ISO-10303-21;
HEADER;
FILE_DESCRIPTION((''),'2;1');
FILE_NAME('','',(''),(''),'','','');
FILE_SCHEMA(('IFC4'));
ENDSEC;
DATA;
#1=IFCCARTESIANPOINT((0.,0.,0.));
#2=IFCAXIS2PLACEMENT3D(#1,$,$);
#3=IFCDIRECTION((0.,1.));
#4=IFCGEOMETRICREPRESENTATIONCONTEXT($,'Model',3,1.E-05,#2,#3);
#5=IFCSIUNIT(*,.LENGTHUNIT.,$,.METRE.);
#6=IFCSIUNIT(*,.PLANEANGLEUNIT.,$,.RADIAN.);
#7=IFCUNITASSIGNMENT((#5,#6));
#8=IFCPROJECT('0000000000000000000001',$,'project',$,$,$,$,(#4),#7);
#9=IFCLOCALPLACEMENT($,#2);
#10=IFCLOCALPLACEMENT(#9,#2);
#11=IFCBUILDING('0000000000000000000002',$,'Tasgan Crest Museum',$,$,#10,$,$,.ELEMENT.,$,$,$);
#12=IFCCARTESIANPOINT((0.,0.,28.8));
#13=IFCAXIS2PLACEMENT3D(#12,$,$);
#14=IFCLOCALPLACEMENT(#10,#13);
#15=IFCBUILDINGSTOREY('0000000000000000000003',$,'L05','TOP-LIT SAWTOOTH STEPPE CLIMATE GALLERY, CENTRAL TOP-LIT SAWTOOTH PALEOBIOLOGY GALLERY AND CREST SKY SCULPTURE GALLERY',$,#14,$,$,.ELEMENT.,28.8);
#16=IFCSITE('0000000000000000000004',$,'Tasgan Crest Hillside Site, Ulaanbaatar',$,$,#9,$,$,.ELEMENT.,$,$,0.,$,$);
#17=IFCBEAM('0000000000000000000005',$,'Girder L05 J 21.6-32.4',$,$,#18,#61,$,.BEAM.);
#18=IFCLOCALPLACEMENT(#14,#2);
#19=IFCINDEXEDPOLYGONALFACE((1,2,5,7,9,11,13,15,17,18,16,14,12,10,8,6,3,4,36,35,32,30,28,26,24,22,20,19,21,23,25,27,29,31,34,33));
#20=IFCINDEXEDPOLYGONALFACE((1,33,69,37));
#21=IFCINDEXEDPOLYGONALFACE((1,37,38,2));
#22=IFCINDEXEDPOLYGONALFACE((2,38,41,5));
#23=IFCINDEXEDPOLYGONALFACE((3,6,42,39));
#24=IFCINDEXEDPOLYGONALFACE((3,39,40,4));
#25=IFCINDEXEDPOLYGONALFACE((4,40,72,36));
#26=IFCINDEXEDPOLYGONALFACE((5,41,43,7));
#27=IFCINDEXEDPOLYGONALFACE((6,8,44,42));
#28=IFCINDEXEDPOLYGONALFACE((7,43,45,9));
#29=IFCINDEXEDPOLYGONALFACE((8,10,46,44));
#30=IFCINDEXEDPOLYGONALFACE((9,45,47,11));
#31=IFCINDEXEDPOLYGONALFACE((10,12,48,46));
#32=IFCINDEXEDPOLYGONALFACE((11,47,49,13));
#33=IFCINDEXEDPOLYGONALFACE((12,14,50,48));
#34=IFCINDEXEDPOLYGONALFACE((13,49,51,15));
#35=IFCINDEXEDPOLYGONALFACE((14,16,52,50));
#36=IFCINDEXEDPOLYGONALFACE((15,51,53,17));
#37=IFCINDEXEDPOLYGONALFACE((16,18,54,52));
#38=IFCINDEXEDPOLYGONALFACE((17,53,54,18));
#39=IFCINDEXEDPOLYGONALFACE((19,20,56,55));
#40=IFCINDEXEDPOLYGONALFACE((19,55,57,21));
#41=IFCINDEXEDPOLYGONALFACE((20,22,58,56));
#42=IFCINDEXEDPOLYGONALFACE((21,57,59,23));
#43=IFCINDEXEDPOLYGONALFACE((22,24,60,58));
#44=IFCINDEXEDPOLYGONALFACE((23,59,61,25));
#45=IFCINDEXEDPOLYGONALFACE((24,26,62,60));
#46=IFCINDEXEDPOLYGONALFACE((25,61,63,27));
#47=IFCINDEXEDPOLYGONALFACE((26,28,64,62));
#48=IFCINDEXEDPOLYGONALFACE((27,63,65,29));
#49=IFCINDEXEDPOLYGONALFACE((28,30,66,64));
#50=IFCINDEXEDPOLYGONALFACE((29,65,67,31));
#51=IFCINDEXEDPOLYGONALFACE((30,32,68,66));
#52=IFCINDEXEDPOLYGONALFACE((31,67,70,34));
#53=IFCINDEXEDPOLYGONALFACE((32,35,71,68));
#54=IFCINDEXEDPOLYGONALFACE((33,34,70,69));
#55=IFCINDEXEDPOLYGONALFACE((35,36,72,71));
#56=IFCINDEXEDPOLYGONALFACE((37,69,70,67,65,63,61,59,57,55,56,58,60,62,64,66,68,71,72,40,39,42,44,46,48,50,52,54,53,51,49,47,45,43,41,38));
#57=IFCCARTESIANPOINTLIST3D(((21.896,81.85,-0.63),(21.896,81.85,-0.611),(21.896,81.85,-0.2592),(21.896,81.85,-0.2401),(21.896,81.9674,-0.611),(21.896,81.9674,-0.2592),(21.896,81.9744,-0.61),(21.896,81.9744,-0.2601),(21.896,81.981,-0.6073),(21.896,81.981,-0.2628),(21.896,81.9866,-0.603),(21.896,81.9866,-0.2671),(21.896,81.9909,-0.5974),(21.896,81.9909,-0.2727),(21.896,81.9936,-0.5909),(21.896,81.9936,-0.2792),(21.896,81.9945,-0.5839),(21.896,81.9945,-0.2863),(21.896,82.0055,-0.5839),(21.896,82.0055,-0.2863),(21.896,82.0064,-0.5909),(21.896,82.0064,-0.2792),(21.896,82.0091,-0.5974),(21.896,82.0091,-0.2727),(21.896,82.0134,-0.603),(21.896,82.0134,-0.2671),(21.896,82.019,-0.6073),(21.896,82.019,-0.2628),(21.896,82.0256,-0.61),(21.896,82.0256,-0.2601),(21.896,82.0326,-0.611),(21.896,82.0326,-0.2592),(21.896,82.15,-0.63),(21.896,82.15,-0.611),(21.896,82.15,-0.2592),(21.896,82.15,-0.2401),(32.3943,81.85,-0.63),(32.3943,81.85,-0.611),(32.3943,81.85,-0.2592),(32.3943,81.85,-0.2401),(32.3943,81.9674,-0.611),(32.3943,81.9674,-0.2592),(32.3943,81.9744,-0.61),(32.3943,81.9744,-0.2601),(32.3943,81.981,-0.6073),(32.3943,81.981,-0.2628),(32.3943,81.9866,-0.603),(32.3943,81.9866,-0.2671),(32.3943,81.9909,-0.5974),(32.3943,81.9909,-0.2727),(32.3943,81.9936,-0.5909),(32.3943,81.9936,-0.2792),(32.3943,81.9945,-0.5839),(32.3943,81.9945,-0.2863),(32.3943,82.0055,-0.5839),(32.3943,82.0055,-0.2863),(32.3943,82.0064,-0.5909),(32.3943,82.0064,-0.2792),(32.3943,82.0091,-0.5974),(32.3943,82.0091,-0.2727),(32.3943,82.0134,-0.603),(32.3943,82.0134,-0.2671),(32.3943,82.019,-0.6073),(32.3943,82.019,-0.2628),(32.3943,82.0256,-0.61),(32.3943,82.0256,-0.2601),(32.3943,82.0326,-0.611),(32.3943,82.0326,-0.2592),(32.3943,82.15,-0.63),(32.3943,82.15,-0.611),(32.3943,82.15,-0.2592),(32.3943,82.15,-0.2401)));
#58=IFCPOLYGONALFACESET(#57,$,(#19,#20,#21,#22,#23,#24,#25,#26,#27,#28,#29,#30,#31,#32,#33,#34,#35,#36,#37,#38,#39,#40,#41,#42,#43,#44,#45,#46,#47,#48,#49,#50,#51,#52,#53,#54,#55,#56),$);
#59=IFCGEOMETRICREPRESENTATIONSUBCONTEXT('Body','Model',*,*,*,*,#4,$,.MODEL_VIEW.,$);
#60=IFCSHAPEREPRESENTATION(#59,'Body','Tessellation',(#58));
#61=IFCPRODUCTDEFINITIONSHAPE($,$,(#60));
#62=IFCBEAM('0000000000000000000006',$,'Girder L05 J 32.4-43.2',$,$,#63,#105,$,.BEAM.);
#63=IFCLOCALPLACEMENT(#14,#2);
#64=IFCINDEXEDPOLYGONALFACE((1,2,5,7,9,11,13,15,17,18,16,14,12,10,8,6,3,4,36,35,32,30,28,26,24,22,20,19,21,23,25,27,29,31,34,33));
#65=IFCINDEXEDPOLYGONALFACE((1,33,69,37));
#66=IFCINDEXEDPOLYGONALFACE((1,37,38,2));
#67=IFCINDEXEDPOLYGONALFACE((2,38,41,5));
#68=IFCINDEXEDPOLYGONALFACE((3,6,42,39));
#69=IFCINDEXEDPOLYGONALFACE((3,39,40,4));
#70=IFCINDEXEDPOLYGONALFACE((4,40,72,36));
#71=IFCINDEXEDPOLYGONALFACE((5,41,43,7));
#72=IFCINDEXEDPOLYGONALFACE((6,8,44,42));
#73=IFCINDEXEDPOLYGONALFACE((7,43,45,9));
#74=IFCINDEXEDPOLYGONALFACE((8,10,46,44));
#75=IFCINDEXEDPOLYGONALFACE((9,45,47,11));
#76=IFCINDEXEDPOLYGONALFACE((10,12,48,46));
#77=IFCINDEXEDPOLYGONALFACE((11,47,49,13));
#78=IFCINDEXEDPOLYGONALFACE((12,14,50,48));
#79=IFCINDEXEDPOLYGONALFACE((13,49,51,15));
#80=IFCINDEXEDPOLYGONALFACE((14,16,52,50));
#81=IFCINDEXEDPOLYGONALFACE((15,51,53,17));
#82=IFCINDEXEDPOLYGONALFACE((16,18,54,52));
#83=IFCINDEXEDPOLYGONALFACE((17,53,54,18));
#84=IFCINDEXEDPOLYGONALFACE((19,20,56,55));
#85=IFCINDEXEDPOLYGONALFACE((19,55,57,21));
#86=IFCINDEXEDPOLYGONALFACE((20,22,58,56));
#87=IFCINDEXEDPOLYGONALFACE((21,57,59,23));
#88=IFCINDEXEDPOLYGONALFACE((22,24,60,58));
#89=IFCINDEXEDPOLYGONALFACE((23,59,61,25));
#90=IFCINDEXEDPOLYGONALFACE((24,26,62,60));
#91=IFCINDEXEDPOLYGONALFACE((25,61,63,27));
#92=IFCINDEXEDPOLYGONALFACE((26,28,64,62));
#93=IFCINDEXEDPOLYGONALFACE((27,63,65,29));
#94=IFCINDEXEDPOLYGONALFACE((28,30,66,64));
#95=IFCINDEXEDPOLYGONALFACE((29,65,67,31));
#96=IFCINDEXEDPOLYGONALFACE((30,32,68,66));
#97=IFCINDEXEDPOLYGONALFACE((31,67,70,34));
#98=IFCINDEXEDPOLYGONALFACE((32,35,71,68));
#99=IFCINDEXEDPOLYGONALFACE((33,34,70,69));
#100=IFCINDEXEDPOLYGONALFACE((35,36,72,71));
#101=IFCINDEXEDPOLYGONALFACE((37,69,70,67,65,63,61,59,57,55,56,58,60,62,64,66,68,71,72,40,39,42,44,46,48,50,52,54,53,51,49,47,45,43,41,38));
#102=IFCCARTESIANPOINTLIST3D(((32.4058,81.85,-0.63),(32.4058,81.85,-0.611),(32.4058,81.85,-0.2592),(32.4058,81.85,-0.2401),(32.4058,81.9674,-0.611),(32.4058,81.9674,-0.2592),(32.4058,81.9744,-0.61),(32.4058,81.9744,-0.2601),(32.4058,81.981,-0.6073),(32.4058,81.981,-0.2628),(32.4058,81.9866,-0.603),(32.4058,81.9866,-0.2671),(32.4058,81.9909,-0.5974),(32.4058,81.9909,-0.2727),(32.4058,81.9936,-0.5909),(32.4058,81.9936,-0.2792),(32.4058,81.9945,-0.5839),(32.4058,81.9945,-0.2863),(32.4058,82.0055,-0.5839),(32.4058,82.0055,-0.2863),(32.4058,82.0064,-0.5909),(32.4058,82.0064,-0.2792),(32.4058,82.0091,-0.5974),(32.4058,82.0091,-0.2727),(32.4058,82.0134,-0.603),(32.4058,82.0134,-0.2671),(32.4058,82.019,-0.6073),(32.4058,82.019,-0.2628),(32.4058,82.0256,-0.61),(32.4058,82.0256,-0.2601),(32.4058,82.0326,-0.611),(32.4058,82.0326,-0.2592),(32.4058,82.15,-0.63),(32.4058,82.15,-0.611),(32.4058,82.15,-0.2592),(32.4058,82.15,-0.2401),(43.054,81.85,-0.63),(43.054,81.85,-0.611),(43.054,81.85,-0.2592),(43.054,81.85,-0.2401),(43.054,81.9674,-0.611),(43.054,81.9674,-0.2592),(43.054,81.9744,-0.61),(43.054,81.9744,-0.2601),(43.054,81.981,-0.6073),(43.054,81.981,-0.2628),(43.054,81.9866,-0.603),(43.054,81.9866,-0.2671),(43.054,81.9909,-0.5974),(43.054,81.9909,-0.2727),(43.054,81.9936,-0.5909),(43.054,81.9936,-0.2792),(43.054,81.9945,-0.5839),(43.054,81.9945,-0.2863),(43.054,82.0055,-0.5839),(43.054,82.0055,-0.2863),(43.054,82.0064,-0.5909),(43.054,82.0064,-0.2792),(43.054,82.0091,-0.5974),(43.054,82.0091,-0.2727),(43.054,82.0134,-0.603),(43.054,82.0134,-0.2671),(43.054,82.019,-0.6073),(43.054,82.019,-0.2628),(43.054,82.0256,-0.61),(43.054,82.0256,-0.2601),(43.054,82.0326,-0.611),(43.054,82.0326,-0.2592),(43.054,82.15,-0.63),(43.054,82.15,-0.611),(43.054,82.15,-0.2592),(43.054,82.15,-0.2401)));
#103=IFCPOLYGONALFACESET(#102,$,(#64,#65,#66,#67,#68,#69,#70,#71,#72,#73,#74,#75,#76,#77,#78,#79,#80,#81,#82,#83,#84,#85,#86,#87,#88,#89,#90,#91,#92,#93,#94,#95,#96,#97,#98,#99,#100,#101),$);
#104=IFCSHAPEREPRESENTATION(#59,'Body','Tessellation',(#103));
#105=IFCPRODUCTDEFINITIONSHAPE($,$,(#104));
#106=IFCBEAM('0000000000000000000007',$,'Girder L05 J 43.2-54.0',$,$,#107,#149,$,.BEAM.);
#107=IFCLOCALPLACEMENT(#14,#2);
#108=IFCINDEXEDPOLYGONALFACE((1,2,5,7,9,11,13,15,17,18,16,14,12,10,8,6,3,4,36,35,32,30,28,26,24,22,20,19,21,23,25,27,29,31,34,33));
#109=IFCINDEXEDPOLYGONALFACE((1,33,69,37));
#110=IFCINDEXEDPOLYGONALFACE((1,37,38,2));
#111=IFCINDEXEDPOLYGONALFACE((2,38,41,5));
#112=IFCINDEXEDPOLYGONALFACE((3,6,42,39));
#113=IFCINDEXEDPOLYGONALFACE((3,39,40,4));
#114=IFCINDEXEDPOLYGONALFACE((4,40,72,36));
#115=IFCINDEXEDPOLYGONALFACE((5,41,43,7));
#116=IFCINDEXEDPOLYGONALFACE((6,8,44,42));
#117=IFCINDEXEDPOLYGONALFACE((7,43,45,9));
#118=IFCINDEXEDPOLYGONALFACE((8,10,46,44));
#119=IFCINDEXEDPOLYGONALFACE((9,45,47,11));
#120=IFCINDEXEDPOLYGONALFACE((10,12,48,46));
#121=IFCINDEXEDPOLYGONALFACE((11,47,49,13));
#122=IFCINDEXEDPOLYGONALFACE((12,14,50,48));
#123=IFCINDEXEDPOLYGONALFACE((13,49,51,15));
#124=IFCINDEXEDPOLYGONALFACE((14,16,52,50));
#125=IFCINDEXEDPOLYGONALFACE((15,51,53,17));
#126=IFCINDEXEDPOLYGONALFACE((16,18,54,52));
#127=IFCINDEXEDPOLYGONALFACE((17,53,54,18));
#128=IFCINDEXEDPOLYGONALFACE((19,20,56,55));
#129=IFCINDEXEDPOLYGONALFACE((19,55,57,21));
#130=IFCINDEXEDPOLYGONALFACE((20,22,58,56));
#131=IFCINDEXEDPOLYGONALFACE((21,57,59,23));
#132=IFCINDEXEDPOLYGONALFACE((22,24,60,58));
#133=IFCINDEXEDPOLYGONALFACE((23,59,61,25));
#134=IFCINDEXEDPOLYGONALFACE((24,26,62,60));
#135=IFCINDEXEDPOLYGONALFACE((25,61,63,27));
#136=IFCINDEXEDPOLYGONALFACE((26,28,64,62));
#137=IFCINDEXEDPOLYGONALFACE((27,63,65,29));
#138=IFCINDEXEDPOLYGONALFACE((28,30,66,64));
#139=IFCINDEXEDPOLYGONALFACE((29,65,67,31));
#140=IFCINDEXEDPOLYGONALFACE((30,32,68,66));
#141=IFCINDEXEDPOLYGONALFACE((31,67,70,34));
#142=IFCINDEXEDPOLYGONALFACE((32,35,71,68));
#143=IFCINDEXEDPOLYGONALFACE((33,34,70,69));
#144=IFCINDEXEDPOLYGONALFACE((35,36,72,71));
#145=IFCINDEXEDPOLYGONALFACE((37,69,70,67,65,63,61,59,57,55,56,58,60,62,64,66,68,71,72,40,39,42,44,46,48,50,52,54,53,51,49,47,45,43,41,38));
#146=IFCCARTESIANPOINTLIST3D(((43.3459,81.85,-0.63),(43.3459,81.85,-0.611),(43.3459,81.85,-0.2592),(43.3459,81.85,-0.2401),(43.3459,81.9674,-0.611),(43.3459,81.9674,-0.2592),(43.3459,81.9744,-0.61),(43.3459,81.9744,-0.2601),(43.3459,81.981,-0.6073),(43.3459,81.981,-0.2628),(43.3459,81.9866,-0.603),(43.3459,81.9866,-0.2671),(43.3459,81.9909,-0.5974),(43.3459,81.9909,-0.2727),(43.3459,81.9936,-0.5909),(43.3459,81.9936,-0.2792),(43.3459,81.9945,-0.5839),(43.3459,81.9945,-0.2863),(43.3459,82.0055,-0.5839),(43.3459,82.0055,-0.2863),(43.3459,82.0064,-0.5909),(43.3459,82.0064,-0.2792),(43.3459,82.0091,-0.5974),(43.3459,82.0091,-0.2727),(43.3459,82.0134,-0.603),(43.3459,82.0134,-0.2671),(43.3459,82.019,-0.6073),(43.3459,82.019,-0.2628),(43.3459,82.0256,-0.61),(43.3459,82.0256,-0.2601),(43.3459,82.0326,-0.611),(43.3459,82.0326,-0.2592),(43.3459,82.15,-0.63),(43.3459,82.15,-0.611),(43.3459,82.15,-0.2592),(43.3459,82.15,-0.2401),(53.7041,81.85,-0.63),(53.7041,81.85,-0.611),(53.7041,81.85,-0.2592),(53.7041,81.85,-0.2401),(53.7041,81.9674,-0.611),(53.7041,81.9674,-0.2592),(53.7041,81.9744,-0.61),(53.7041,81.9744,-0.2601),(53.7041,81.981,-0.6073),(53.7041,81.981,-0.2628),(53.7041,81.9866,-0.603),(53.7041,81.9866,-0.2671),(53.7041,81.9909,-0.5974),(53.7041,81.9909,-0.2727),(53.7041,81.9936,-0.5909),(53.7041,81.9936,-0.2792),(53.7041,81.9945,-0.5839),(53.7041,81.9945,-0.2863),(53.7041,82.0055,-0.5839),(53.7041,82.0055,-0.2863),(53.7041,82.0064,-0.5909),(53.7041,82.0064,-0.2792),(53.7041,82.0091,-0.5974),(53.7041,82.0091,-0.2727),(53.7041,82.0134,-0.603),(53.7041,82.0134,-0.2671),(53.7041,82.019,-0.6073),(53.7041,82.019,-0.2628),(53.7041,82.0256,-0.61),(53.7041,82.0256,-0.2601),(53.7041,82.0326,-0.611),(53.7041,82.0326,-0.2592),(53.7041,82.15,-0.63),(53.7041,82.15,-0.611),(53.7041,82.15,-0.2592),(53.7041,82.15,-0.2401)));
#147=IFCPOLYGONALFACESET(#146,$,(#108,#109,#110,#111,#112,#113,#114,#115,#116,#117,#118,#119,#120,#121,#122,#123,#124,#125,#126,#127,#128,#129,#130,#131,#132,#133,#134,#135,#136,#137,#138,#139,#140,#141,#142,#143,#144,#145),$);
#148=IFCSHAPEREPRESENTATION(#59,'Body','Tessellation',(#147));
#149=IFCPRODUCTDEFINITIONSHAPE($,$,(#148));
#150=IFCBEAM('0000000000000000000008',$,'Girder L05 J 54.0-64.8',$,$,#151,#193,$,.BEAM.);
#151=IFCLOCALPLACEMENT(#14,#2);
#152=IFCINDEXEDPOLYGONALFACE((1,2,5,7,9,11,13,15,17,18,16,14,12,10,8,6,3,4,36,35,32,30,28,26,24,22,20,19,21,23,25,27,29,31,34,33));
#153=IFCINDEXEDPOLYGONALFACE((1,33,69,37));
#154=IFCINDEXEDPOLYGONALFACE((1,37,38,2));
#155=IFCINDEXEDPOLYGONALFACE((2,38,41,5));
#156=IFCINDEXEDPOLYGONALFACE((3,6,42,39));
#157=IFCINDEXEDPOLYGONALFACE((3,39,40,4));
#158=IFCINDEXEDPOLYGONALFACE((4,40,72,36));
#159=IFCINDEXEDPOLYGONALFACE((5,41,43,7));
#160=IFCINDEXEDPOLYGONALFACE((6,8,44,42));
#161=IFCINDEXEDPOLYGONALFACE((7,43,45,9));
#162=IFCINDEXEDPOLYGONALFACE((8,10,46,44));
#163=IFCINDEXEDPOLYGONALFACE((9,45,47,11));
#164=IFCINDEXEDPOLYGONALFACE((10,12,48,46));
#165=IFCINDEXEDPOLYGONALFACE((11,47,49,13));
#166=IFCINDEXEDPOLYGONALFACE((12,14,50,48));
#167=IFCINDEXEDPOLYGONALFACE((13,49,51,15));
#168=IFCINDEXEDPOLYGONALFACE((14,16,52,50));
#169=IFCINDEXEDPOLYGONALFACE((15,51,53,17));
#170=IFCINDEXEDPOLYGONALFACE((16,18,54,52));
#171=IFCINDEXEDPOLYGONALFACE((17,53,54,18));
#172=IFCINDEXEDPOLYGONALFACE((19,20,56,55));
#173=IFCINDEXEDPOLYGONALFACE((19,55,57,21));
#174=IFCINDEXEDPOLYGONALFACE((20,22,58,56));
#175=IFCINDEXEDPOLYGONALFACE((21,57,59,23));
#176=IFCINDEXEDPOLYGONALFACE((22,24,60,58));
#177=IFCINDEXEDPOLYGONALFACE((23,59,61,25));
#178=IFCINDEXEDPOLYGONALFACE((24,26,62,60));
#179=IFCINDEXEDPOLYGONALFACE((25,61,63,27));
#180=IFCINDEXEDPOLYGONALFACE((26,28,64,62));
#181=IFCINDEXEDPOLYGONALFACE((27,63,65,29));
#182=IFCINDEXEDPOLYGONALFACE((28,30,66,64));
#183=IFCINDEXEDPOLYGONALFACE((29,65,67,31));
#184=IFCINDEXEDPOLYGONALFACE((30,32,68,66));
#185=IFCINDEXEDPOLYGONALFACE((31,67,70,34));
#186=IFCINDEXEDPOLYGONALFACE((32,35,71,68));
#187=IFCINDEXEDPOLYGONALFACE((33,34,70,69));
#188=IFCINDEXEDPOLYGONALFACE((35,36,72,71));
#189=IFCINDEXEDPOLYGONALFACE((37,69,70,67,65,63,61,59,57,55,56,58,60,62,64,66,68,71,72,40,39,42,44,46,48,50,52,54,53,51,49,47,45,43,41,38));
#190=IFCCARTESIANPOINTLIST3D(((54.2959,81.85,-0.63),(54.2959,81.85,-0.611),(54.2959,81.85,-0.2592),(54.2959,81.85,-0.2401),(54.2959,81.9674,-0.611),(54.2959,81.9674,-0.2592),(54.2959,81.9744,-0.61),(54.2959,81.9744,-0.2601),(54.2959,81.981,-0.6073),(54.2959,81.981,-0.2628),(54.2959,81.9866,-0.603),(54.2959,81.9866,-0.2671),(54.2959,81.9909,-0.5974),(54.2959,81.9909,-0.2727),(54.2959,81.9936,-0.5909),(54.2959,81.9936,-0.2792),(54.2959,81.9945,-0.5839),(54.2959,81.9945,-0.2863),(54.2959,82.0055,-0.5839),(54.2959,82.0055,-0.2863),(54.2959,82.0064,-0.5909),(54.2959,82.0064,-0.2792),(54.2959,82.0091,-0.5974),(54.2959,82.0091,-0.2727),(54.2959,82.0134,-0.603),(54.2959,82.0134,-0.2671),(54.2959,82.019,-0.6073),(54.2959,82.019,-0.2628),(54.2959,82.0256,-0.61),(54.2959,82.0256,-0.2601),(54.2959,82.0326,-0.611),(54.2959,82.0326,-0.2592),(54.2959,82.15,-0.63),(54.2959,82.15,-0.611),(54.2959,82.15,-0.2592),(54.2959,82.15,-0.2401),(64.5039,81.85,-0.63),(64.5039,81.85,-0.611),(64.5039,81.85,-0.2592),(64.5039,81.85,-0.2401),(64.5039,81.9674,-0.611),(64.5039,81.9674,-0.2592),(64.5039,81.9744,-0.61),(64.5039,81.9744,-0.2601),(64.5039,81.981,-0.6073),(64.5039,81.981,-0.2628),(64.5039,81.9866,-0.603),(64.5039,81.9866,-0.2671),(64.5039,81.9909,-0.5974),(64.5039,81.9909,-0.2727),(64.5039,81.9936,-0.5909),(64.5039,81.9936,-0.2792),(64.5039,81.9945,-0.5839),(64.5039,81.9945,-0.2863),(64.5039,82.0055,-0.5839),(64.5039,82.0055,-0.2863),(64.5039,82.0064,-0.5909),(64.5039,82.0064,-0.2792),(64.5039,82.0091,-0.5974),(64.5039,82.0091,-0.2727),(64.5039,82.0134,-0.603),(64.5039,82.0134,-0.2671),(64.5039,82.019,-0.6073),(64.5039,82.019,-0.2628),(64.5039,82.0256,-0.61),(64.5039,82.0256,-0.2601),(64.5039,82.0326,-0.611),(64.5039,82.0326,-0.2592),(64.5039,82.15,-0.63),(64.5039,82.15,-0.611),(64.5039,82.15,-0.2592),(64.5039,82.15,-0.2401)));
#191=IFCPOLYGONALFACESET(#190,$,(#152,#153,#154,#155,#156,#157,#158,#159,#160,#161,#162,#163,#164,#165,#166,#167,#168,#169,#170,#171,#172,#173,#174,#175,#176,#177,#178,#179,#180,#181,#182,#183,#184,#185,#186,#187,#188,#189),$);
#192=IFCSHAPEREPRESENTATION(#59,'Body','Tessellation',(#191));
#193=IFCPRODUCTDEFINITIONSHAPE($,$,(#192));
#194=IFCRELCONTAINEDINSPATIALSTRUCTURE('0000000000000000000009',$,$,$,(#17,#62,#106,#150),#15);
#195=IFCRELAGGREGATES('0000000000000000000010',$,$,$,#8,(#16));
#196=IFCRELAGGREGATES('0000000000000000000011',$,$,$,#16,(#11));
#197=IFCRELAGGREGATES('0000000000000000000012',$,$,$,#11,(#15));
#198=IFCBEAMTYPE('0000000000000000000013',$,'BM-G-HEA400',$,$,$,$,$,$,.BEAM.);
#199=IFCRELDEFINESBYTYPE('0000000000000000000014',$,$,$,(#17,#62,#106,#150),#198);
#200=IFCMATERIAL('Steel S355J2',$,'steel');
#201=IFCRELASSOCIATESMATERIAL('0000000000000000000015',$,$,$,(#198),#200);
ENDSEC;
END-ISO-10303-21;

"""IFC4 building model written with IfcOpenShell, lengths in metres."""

from ifc_helpers import new_model, si_unit, direction, frame, origin, origin_2d, place, context, subcontext, project, spatial, i_section, extrude, material, material_profile, profile_set, type_object, element, save


model = new_model("IFC4")

# Units and contexts
model_context = context("Model", 3, precision=1e-05, world=origin(), true_north=direction((0.0, 1.0)))
body_context = subcontext(model_context, "Body", "Model", "MODEL_VIEW")
ifc_project = project(units=[si_unit("LENGTHUNIT", "METRE"), si_unit("PLANEANGLEUNIT", "RADIAN")], contexts=[model_context])

# Site, building, storey
site_placement = place(None, origin())
site = spatial("IfcSite", under=ifc_project, at=site_placement, Name="Tasgan Crest Hillside Site, Ulaanbaatar", CompositionType="ELEMENT", RefElevation=0.0)
building_placement = place(site_placement, origin())
building = spatial("IfcBuilding", under=site, at=building_placement, Name="Tasgan Crest Museum", CompositionType="ELEMENT")
storey_placement = place(building_placement, frame((0.0, 0.0, 28.8)))
storey = spatial("IfcBuildingStorey", under=building, at=storey_placement, Name="L05", Description="TOP-LIT SAWTOOTH STEPPE CLIMATE GALLERY, CENTRAL TOP-LIT SAWTOOTH PALEOBIOLOGY GALLERY AND CREST SKY SCULPTURE GALLERY", CompositionType="ELEMENT", Elevation=28.8)

# Beams
ifc_material_1 = material(Name="Steel S355J2", Category="steel")
ifc_material_profile_1 = material_profile(ifc_material_1, i_section(OverallWidth=0.3, OverallDepth=0.3899, WebThickness=0.011, FlangeThickness=0.019, FilletRadius=0.0271, at=origin_2d()), Name="HEA 400")
ifc_profile_set_1 = profile_set([ifc_material_profile_1], Name="Steel S355J2")
beam_type_1 = type_object("IfcBeamType", Name="BM-G-HEA400", PredefinedType="BEAM", material=ifc_profile_set_1)
beam_1_placement = place(storey_placement, frame((21.896, 82.0, -0.4351), z_axis=(1.0, 0.0, 0.0), x_axis=(0.0, 1.0, 0.0)))
element("IfcBeam", 1, at=beam_1_placement, inside=storey, type_object=beam_type_1, Name="Girder L05 J 21.6-32.4", PredefinedType="BEAM", context=body_context, shape_type="SweptSolid", body=[
    extrude(i_section(OverallWidth=0.3, OverallDepth=0.3899, WebThickness=0.011, FlangeThickness=0.019, FilletRadius=0.0271, at=origin_2d()), origin(), (0.0, 0.0, 1.0), 10.4983),
])
beam_2_placement = place(storey_placement, frame((32.4058, 82.0, -0.4351), z_axis=(1.0, 0.0, 0.0), x_axis=(0.0, 1.0, 0.0)))
element("IfcBeam", 2, at=beam_2_placement, inside=storey, type_object=beam_type_1, Name="Girder L05 J 32.4-43.2", PredefinedType="BEAM", context=body_context, shape_type="SweptSolid", body=[
    extrude(i_section(OverallWidth=0.3, OverallDepth=0.3899, WebThickness=0.011, FlangeThickness=0.019, FilletRadius=0.0271, at=origin_2d()), origin(), (0.0, 0.0, 1.0), 10.6482),
])
beam_3_placement = place(storey_placement, frame((43.3459, 82.0, -0.4351), z_axis=(1.0, 0.0, 0.0), x_axis=(0.0, 1.0, 0.0)))
element("IfcBeam", 3, at=beam_3_placement, inside=storey, type_object=beam_type_1, Name="Girder L05 J 43.2-54.0", PredefinedType="BEAM", context=body_context, shape_type="SweptSolid", body=[
    extrude(i_section(OverallWidth=0.3, OverallDepth=0.3899, WebThickness=0.011, FlangeThickness=0.019, FilletRadius=0.0271, at=origin_2d()), origin(), (0.0, 0.0, 1.0), 10.3582),
])
beam_4_placement = place(storey_placement, frame((54.2959, 82.0, -0.4351), z_axis=(1.0, 0.0, 0.0), x_axis=(0.0, 1.0, 0.0)))
element("IfcBeam", 4, at=beam_4_placement, inside=storey, type_object=beam_type_1, Name="Girder L05 J 54.0-64.8", PredefinedType="BEAM", context=body_context, shape_type="SweptSolid", body=[
    extrude(i_section(OverallWidth=0.3, OverallDepth=0.3899, WebThickness=0.011, FlangeThickness=0.019, FilletRadius=0.0271, at=origin_2d()), origin(), (0.0, 0.0, 1.0), 10.208),
])

save(model, "model.ifc")
